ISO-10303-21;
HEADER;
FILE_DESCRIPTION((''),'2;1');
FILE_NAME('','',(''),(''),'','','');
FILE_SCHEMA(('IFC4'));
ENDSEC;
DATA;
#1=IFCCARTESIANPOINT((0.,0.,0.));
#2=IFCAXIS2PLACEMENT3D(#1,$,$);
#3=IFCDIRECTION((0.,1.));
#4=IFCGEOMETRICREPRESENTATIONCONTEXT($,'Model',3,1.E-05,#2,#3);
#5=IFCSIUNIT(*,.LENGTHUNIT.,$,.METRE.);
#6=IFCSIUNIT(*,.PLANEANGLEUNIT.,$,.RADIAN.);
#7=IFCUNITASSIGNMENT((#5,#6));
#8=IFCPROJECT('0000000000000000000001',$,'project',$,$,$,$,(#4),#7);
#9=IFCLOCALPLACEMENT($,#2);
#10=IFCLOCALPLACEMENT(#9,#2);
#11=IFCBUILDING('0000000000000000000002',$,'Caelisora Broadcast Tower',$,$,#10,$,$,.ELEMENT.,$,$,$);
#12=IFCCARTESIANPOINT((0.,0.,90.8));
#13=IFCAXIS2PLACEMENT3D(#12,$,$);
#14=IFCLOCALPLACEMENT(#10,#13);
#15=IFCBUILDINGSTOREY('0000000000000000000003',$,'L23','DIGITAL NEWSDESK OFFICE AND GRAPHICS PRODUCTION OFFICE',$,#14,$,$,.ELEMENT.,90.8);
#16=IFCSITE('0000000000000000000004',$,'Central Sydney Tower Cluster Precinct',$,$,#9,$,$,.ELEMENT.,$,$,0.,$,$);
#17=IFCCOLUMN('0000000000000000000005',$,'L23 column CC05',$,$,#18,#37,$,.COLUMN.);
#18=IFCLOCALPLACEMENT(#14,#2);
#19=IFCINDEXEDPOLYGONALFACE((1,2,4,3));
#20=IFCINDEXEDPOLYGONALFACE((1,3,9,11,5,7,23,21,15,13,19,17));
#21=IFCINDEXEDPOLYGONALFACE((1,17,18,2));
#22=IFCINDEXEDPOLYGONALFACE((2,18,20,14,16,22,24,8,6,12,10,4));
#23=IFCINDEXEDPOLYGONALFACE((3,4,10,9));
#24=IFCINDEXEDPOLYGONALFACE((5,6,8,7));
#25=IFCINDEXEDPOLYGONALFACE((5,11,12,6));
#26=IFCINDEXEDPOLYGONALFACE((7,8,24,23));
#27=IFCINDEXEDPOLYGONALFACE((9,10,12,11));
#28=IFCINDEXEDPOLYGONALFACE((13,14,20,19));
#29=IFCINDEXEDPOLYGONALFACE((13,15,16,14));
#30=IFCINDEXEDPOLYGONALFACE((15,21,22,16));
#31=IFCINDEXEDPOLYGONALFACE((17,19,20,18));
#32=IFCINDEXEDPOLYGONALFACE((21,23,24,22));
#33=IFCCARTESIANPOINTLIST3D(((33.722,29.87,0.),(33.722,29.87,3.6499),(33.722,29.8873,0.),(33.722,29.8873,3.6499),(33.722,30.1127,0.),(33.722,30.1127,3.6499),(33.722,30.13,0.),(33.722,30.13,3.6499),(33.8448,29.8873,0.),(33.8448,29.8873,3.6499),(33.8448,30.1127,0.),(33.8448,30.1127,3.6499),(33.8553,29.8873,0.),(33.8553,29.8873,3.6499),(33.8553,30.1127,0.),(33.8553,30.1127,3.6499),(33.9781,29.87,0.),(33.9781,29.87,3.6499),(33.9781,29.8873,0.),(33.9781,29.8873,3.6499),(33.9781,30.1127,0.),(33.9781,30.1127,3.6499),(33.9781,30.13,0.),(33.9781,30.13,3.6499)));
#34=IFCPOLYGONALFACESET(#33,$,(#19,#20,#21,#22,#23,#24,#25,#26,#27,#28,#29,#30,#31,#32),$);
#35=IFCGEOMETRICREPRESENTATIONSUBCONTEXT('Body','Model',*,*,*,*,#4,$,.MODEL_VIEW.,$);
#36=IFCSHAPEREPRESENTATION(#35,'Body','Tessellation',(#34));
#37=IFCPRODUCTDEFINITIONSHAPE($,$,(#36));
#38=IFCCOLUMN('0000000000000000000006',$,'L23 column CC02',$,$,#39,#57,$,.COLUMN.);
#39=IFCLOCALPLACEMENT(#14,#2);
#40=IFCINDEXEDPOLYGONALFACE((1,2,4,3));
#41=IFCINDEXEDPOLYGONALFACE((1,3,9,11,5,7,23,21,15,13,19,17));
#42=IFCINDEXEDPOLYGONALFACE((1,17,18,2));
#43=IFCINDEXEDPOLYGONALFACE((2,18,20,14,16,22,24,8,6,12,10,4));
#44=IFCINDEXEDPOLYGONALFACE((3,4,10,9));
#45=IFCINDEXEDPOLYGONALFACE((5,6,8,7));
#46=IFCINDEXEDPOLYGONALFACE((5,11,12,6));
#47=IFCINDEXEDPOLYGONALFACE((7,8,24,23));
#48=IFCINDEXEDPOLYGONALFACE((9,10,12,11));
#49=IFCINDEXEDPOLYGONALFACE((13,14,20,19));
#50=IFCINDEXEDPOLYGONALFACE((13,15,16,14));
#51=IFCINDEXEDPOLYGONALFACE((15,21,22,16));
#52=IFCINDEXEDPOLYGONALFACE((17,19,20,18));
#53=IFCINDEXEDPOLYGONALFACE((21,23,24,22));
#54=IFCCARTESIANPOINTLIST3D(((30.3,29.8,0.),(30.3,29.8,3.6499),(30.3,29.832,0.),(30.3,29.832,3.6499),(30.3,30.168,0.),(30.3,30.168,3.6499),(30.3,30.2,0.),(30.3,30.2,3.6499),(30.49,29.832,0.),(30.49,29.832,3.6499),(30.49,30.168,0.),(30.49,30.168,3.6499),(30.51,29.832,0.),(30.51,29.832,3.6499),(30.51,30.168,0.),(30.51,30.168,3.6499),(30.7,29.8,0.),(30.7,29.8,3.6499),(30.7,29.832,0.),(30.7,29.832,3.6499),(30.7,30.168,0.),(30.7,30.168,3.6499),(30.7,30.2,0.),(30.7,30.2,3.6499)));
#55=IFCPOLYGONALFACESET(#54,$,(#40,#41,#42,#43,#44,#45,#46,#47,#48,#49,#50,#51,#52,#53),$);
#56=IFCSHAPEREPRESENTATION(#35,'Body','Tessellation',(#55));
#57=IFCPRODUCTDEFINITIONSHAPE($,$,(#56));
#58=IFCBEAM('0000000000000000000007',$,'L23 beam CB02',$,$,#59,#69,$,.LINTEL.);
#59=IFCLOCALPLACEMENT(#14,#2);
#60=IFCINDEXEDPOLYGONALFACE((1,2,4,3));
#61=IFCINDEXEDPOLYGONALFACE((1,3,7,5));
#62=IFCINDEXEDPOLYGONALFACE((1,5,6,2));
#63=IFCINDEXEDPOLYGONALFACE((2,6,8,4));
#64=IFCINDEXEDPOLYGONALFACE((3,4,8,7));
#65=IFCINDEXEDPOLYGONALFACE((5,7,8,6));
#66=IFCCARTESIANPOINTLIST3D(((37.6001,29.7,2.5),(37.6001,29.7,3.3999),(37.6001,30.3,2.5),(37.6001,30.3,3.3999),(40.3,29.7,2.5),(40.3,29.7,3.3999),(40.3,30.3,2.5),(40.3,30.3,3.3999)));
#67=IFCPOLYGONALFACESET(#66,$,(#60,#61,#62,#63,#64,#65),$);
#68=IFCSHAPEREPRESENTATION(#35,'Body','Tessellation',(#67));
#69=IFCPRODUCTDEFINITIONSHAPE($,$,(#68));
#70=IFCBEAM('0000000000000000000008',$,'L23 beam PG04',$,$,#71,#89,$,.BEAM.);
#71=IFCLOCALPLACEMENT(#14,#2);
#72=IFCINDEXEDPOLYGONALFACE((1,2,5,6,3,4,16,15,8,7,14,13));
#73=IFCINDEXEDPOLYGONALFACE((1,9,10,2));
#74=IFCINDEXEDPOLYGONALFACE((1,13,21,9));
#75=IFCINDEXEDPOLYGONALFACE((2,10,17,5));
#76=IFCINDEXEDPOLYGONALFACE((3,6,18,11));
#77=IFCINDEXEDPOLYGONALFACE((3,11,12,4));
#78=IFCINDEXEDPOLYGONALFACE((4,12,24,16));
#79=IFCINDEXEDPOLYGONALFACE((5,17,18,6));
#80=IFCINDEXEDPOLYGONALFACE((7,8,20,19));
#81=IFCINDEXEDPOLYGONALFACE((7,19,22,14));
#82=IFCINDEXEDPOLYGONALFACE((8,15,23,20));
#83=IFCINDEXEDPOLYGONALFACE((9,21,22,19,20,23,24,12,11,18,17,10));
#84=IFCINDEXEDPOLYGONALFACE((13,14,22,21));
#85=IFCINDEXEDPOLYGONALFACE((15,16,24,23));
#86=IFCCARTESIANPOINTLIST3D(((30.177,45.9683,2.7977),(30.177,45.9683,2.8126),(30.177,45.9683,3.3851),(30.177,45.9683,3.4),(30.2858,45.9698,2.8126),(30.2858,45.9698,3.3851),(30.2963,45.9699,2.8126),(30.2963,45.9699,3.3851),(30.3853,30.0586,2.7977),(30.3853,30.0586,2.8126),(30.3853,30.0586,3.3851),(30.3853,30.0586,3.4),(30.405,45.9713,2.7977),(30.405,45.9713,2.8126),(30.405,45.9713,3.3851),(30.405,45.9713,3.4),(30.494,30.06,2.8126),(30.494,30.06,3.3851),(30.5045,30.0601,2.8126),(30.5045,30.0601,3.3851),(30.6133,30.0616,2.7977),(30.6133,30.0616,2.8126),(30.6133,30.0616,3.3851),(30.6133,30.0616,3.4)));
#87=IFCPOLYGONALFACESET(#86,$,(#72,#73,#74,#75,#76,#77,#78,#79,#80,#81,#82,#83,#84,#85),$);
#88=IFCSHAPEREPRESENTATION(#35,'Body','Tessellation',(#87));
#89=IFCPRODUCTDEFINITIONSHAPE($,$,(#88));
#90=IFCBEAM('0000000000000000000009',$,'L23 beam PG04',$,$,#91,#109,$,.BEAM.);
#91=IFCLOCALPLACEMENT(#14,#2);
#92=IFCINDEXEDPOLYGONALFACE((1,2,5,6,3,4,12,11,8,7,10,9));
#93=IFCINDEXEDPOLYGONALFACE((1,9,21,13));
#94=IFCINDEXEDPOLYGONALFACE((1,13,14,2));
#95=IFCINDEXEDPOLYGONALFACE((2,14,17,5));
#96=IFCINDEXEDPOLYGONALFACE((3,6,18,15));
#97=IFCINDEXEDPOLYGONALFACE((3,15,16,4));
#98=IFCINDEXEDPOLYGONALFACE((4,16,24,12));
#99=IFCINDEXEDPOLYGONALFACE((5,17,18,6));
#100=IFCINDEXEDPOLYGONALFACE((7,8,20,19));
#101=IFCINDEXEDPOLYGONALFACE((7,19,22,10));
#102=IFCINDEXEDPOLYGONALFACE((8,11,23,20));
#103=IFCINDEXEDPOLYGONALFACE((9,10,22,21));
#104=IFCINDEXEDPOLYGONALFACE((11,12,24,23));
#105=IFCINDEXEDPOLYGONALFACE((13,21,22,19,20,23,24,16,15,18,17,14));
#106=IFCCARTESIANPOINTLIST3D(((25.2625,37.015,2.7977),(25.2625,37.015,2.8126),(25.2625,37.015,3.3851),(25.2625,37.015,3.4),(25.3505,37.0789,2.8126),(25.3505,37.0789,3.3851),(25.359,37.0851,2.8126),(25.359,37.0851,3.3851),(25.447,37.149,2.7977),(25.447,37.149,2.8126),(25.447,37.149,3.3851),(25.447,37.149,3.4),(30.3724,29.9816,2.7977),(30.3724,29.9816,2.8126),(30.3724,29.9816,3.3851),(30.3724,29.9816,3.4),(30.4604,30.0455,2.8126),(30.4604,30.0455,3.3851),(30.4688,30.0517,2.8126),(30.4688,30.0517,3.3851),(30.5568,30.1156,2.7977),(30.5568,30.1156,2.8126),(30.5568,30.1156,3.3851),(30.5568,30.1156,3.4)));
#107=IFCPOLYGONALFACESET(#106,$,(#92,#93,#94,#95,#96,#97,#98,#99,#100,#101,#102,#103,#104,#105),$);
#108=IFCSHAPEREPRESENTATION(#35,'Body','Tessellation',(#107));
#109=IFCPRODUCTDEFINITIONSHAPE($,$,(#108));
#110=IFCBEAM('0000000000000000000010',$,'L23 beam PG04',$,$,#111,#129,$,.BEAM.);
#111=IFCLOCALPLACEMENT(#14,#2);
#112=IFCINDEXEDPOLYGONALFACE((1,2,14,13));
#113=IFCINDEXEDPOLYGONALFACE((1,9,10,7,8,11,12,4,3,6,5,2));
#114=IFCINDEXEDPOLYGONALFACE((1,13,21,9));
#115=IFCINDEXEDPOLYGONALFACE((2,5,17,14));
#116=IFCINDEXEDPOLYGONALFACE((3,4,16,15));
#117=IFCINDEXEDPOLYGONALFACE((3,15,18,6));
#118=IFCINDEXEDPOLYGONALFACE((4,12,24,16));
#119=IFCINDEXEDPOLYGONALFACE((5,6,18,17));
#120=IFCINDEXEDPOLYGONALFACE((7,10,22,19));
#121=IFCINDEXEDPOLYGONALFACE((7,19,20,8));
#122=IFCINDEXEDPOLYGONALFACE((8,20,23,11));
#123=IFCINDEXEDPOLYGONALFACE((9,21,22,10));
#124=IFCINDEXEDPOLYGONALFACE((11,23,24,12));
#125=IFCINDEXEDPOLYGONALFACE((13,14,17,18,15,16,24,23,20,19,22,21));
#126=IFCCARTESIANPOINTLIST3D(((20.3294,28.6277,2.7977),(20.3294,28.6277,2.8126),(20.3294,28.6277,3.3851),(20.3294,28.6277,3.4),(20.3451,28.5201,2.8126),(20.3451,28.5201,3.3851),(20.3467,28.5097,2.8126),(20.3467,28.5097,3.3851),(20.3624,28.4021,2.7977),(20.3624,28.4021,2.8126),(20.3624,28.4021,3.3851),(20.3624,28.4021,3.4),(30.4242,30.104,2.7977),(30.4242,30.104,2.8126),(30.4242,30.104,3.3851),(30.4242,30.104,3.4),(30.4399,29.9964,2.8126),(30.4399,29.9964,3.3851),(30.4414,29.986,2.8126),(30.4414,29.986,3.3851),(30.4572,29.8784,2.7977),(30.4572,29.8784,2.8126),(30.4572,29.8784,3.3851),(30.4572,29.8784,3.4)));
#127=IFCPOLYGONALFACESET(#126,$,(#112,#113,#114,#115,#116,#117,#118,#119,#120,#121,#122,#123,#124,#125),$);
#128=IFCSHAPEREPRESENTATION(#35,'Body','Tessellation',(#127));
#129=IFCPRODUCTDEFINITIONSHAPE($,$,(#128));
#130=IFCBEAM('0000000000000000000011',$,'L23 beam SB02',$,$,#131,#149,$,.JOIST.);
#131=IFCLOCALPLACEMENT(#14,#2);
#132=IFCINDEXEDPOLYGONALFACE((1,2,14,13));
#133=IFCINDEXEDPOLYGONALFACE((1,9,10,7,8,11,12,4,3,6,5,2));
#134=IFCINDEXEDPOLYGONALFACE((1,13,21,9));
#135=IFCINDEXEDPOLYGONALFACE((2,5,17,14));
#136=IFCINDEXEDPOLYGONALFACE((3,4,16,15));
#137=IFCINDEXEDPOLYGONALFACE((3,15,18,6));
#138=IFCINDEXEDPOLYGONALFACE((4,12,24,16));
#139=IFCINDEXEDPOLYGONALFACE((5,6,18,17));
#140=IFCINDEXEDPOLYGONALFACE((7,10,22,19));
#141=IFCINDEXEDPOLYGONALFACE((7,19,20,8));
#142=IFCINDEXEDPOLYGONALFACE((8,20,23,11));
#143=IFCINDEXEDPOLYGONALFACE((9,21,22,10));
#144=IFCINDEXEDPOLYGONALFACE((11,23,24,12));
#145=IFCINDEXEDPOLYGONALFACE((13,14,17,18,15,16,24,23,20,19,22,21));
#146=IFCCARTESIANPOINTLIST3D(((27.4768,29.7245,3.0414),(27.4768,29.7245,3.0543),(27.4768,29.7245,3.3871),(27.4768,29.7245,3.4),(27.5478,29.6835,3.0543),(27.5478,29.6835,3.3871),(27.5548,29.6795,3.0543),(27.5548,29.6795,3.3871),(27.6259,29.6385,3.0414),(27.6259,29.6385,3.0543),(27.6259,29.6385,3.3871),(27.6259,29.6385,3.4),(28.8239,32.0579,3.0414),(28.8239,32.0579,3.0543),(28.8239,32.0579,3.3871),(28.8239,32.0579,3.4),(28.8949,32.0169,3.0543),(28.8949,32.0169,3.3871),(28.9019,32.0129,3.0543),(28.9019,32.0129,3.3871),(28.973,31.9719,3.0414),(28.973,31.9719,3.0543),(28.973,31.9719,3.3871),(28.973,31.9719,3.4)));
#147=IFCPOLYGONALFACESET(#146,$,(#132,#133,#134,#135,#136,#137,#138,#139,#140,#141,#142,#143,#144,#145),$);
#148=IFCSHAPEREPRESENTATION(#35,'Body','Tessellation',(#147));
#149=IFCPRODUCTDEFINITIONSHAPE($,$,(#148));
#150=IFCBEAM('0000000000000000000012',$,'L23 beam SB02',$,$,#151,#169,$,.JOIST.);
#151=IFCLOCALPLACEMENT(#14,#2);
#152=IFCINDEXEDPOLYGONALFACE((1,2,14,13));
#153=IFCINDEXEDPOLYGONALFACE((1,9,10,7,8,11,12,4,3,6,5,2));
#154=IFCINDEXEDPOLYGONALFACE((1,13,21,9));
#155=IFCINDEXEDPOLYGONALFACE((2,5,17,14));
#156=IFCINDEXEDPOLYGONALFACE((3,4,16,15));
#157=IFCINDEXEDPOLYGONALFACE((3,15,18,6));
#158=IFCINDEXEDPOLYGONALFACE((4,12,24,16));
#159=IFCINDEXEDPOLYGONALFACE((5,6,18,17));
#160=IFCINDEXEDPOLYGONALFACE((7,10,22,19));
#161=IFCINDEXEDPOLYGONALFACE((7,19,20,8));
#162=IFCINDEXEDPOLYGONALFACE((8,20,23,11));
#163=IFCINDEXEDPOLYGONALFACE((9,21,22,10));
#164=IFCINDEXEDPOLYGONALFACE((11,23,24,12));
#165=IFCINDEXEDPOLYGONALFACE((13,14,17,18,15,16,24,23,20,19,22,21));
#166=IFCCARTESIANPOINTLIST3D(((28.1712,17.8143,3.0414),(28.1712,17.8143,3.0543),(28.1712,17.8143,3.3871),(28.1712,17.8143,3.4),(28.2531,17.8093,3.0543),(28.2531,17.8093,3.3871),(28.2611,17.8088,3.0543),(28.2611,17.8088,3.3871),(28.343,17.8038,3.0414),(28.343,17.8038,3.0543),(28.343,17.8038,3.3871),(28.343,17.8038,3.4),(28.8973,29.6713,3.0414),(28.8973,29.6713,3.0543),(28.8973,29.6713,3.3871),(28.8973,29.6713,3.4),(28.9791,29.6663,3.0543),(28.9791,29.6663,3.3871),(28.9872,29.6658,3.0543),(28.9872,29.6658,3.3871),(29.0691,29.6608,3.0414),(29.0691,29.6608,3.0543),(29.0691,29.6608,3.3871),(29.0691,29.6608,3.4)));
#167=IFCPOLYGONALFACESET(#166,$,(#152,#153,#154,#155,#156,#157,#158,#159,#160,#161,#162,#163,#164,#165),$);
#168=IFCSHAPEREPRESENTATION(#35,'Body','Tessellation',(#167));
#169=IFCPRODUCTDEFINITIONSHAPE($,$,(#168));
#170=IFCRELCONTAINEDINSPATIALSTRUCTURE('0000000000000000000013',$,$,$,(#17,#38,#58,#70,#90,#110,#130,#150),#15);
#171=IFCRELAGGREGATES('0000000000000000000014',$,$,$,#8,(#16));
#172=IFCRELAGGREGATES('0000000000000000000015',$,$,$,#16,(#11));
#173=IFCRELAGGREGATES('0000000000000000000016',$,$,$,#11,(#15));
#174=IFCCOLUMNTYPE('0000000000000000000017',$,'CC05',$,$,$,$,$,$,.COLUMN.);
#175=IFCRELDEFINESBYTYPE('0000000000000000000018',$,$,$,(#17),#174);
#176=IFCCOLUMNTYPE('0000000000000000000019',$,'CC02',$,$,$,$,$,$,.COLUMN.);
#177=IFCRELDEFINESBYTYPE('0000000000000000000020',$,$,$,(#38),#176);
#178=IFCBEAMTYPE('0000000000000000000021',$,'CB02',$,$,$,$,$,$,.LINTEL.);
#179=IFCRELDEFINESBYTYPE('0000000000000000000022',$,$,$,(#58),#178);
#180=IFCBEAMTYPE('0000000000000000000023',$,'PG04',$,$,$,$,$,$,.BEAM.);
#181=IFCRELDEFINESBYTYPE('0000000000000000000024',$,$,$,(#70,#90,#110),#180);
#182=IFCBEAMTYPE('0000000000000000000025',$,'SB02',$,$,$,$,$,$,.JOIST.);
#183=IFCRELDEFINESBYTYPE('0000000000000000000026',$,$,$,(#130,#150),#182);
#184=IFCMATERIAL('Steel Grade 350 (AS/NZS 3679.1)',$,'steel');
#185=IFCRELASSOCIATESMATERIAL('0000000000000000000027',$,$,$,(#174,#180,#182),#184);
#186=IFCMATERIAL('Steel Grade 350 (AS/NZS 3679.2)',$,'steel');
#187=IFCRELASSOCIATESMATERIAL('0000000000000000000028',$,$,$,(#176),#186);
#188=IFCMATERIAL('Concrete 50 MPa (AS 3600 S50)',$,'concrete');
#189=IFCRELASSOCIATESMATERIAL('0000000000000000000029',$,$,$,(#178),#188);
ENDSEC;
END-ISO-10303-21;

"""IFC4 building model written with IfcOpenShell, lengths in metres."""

from ifc_helpers import new_model, si_unit, direction, frame, origin, origin_2d, place, context, subcontext, project, spatial, rectangle, i_section, extrude, source, transform, mapped, material, material_profile, profile_set, type_object, type_shapes, element, save


model = new_model("IFC4")

# Units and contexts
model_context = context("Model", 3, precision=1e-05, world=origin(), true_north=direction((0.0, 1.0)))
body_context = subcontext(model_context, "Body", "Model", "MODEL_VIEW")
ifc_project = project(units=[si_unit("LENGTHUNIT", "METRE"), si_unit("PLANEANGLEUNIT", "RADIAN")], contexts=[model_context])

# Site, building, storey
site_placement = place(None, origin())
site = spatial("IfcSite", under=ifc_project, at=site_placement, Name="Central Sydney Tower Cluster Precinct", CompositionType="ELEMENT", RefElevation=0.0)
building_placement = place(site_placement, origin())
building = spatial("IfcBuilding", under=site, at=building_placement, Name="Caelisora Broadcast Tower", CompositionType="ELEMENT")
storey_placement = place(building_placement, frame((0.0, 0.0, 90.8)))
storey = spatial("IfcBuildingStorey", under=building, at=storey_placement, Name="L23", Description="DIGITAL NEWSDESK OFFICE AND GRAPHICS PRODUCTION OFFICE", CompositionType="ELEMENT", Elevation=90.8)

# Columns
ifc_material_1 = material(Name="Steel Grade 350 (AS/NZS 3679.1)", Category="steel")
ifc_material_profile_1 = material_profile(ifc_material_1, i_section(OverallWidth=0.2561, OverallDepth=0.26, WebThickness=0.0105, FlangeThickness=0.0173, at=origin_2d()), Name="Steel Grade 350 (AS/NZS 3679.1)")
ifc_profile_set_1 = profile_set([ifc_material_profile_1], Name="Steel Grade 350 (AS/NZS 3679.1)")
column_type_1 = type_object("IfcColumnType", Name="CC05", PredefinedType="COLUMN", material=ifc_profile_set_1)
shared_shape_1 = source(origin(), body_context, "Body", "SweptSolid", [
    extrude(i_section(OverallWidth=0.2561, OverallDepth=0.26, WebThickness=0.0105, FlangeThickness=0.0173, at=origin_2d()), origin(), (0.0, 0.0, 1.0), 3.6499),
])
type_shapes(column_type_1, [shared_shape_1])
column_1_placement = place(storey_placement, frame((33.8501, 30.0, 0.0), z_axis=(0.0, 0.0, 1.0), x_axis=(1.0, 0.0, 0.0)))
element("IfcColumn", 1, at=column_1_placement, inside=storey, type_object=column_type_1, Name="L23 column CC05", PredefinedType="COLUMN", context=body_context, shape_type="MappedRepresentation", body=[
    mapped(shared_shape_1, transform((0.0, 0.0, 0.0), scale=1.0)),
])
ifc_material_2 = material(Name="Steel Grade 350 (AS/NZS 3679.2)", Category="steel")
ifc_material_profile_2 = material_profile(ifc_material_2, i_section(OverallWidth=0.3999, OverallDepth=0.3999, WebThickness=0.02, FlangeThickness=0.032, at=origin_2d()), Name="Steel Grade 350 (AS/NZS 3679.2)")
ifc_profile_set_2 = profile_set([ifc_material_profile_2], Name="Steel Grade 350 (AS/NZS 3679.2)")
column_type_2 = type_object("IfcColumnType", Name="CC02", PredefinedType="COLUMN", material=ifc_profile_set_2)
shared_shape_2 = source(origin(), body_context, "Body", "SweptSolid", [
    extrude(i_section(OverallWidth=0.3999, OverallDepth=0.3999, WebThickness=0.02, FlangeThickness=0.032, at=origin_2d()), origin(), (0.0, 0.0, 1.0), 3.6499),
])
type_shapes(column_type_2, [shared_shape_2])
column_2_placement = place(storey_placement, frame((30.5, 30.0, 0.0), z_axis=(0.0, 0.0, 1.0), x_axis=(1.0, 0.0, 0.0)))
element("IfcColumn", 2, at=column_2_placement, inside=storey, type_object=column_type_2, Name="L23 column CC02", PredefinedType="COLUMN", context=body_context, shape_type="MappedRepresentation", body=[
    mapped(shared_shape_2, transform((0.0, 0.0, 0.0), scale=1.0)),
])

# Beams
ifc_material_3 = material(Name="Concrete 50 MPa (AS 3600 S50)", Category="concrete")
ifc_material_profile_3 = material_profile(ifc_material_3, rectangle(XDim=0.6001, YDim=0.8999, at=origin_2d()), Name="Concrete 50 MPa (AS 3600 S50)")
ifc_profile_set_3 = profile_set([ifc_material_profile_3], Name="Concrete 50 MPa (AS 3600 S50)")
beam_type_1 = type_object("IfcBeamType", Name="CB02", PredefinedType="LINTEL", material=ifc_profile_set_3)
shared_shape_3 = source(origin(), body_context, "Body", "SweptSolid", [
    extrude(rectangle(XDim=0.6001, YDim=0.8999, at=origin_2d()), origin(), (0.0, 0.0, 1.0), 2.7),
])
type_shapes(beam_type_1, [shared_shape_3])
beam_1_placement = place(storey_placement, frame((37.6001, 30.0, 2.95), z_axis=(1.0, 0.0, 0.0), x_axis=(0.0, 1.0, 0.0)))
element("IfcBeam", 3, at=beam_1_placement, inside=storey, type_object=beam_type_1, Name="L23 beam CB02", PredefinedType="LINTEL", context=body_context, shape_type="MappedRepresentation", body=[
    mapped(shared_shape_3, transform((0.0, 0.0, 0.0), scale=1.0)),
])
ifc_material_profile_4 = material_profile(ifc_material_1, i_section(OverallWidth=0.228, OverallDepth=0.6023, WebThickness=0.0105, FlangeThickness=0.0149, at=origin_2d()), Name="Steel Grade 350 (AS/NZS 3679.1)")
ifc_profile_set_4 = profile_set([ifc_material_profile_4], Name="Steel Grade 350 (AS/NZS 3679.1)")
beam_type_2 = type_object("IfcBeamType", Name="PG04", PredefinedType="BEAM", material=ifc_profile_set_4)
shared_shape_4 = source(origin(), body_context, "Body", "SweptSolid", [
    extrude(i_section(OverallWidth=0.228, OverallDepth=0.6023, WebThickness=0.0105, FlangeThickness=0.0149, at=origin_2d()), origin(), (0.0, 0.0, 1.0), 15.9111),
])
beam_2_placement = place(storey_placement, frame((30.4993, 30.0601, 3.0989), z_axis=(-0.013089, 0.999914, 0.0), x_axis=(-0.999914, -0.013089, 0.0)))
element("IfcBeam", 4, at=beam_2_placement, inside=storey, type_object=beam_type_2, Name="L23 beam PG04", PredefinedType="BEAM", context=body_context, shape_type="MappedRepresentation", body=[
    mapped(shared_shape_4, transform((0.0, 0.0, 0.0), scale=1.0)),
])
shared_shape_5 = source(origin(), body_context, "Body", "SweptSolid", [
    extrude(i_section(OverallWidth=0.228, OverallDepth=0.6023, WebThickness=0.0105, FlangeThickness=0.0149, at=origin_2d()), origin(), (0.0, 0.0, 1.0), 8.6936),
])
beam_3_placement = place(storey_placement, frame((30.4646, 30.0486, 3.0989), z_axis=(-0.587768, 0.80903, 0.0), x_axis=(-0.80903, -0.587768, 0.0)))
element("IfcBeam", 5, at=beam_3_placement, inside=storey, type_object=beam_type_2, Name="L23 beam PG04", PredefinedType="BEAM", context=body_context, shape_type="MappedRepresentation", body=[
    mapped(shared_shape_5, transform((0.0, 0.0, 0.0), scale=1.0)),
])
shared_shape_6 = source(origin(), body_context, "Body", "SweptSolid", [
    extrude(i_section(OverallWidth=0.228, OverallDepth=0.6023, WebThickness=0.0105, FlangeThickness=0.0149, at=origin_2d()), origin(), (0.0, 0.0, 1.0), 10.2021),
])
type_shapes(beam_type_2, [shared_shape_4, shared_shape_5, shared_shape_6])
beam_4_placement = place(storey_placement, frame((30.4407, 29.9912, 3.0989), z_axis=(-0.989475, -0.144707, 0.0), x_axis=(0.144707, -0.989475, 0.0)))
element("IfcBeam", 6, at=beam_4_placement, inside=storey, type_object=beam_type_2, Name="L23 beam PG04", PredefinedType="BEAM", context=body_context, shape_type="MappedRepresentation", body=[
    mapped(shared_shape_6, transform((0.0, 0.0, 0.0), scale=1.0)),
])
ifc_material_profile_5 = material_profile(ifc_material_1, i_section(OverallWidth=0.1721, OverallDepth=0.3586, WebThickness=0.0081, FlangeThickness=0.0129, at=origin_2d()), Name="Steel Grade 350 (AS/NZS 3679.1)")
ifc_profile_set_5 = profile_set([ifc_material_profile_5], Name="Steel Grade 350 (AS/NZS 3679.1)")
beam_type_3 = type_object("IfcBeamType", Name="SB02", PredefinedType="JOIST", material=ifc_profile_set_5)
shared_shape_7 = source(origin(), body_context, "Body", "SweptSolid", [
    extrude(i_section(OverallWidth=0.1721, OverallDepth=0.3586, WebThickness=0.0081, FlangeThickness=0.0129, at=origin_2d()), origin(), (0.0, 0.0, 1.0), 2.6943),
])
beam_5_placement = place(storey_placement, frame((28.8984, 32.0149, 3.2207), z_axis=(-0.499979, -0.866038, 0.0), x_axis=(0.866038, -0.499979, 0.0)))
element("IfcBeam", 7, at=beam_5_placement, inside=storey, type_object=beam_type_3, Name="L23 beam SB02", PredefinedType="JOIST", context=body_context, shape_type="MappedRepresentation", body=[
    mapped(shared_shape_7, transform((0.0, 0.0, 0.0), scale=1.0)),
])
shared_shape_8 = source(origin(), body_context, "Body", "SweptSolid", [
    extrude(i_section(OverallWidth=0.1721, OverallDepth=0.3586, WebThickness=0.0081, FlangeThickness=0.0129, at=origin_2d()), origin(), (0.0, 0.0, 1.0), 11.8792),
])
beam_6_placement = place(storey_placement, frame((28.9832, 29.666, 3.2207), z_axis=(-0.061122, -0.99813, 0.0), x_axis=(0.99813, -0.061122, 0.0)))
element("IfcBeam", 8, at=beam_6_placement, inside=storey, type_object=beam_type_3, Name="L23 beam SB02", PredefinedType="JOIST", context=body_context, shape_type="MappedRepresentation", body=[
    mapped(shared_shape_8, transform((0.0, 0.0, 0.0), scale=1.0)),
])

save(model, "model.ifc")
